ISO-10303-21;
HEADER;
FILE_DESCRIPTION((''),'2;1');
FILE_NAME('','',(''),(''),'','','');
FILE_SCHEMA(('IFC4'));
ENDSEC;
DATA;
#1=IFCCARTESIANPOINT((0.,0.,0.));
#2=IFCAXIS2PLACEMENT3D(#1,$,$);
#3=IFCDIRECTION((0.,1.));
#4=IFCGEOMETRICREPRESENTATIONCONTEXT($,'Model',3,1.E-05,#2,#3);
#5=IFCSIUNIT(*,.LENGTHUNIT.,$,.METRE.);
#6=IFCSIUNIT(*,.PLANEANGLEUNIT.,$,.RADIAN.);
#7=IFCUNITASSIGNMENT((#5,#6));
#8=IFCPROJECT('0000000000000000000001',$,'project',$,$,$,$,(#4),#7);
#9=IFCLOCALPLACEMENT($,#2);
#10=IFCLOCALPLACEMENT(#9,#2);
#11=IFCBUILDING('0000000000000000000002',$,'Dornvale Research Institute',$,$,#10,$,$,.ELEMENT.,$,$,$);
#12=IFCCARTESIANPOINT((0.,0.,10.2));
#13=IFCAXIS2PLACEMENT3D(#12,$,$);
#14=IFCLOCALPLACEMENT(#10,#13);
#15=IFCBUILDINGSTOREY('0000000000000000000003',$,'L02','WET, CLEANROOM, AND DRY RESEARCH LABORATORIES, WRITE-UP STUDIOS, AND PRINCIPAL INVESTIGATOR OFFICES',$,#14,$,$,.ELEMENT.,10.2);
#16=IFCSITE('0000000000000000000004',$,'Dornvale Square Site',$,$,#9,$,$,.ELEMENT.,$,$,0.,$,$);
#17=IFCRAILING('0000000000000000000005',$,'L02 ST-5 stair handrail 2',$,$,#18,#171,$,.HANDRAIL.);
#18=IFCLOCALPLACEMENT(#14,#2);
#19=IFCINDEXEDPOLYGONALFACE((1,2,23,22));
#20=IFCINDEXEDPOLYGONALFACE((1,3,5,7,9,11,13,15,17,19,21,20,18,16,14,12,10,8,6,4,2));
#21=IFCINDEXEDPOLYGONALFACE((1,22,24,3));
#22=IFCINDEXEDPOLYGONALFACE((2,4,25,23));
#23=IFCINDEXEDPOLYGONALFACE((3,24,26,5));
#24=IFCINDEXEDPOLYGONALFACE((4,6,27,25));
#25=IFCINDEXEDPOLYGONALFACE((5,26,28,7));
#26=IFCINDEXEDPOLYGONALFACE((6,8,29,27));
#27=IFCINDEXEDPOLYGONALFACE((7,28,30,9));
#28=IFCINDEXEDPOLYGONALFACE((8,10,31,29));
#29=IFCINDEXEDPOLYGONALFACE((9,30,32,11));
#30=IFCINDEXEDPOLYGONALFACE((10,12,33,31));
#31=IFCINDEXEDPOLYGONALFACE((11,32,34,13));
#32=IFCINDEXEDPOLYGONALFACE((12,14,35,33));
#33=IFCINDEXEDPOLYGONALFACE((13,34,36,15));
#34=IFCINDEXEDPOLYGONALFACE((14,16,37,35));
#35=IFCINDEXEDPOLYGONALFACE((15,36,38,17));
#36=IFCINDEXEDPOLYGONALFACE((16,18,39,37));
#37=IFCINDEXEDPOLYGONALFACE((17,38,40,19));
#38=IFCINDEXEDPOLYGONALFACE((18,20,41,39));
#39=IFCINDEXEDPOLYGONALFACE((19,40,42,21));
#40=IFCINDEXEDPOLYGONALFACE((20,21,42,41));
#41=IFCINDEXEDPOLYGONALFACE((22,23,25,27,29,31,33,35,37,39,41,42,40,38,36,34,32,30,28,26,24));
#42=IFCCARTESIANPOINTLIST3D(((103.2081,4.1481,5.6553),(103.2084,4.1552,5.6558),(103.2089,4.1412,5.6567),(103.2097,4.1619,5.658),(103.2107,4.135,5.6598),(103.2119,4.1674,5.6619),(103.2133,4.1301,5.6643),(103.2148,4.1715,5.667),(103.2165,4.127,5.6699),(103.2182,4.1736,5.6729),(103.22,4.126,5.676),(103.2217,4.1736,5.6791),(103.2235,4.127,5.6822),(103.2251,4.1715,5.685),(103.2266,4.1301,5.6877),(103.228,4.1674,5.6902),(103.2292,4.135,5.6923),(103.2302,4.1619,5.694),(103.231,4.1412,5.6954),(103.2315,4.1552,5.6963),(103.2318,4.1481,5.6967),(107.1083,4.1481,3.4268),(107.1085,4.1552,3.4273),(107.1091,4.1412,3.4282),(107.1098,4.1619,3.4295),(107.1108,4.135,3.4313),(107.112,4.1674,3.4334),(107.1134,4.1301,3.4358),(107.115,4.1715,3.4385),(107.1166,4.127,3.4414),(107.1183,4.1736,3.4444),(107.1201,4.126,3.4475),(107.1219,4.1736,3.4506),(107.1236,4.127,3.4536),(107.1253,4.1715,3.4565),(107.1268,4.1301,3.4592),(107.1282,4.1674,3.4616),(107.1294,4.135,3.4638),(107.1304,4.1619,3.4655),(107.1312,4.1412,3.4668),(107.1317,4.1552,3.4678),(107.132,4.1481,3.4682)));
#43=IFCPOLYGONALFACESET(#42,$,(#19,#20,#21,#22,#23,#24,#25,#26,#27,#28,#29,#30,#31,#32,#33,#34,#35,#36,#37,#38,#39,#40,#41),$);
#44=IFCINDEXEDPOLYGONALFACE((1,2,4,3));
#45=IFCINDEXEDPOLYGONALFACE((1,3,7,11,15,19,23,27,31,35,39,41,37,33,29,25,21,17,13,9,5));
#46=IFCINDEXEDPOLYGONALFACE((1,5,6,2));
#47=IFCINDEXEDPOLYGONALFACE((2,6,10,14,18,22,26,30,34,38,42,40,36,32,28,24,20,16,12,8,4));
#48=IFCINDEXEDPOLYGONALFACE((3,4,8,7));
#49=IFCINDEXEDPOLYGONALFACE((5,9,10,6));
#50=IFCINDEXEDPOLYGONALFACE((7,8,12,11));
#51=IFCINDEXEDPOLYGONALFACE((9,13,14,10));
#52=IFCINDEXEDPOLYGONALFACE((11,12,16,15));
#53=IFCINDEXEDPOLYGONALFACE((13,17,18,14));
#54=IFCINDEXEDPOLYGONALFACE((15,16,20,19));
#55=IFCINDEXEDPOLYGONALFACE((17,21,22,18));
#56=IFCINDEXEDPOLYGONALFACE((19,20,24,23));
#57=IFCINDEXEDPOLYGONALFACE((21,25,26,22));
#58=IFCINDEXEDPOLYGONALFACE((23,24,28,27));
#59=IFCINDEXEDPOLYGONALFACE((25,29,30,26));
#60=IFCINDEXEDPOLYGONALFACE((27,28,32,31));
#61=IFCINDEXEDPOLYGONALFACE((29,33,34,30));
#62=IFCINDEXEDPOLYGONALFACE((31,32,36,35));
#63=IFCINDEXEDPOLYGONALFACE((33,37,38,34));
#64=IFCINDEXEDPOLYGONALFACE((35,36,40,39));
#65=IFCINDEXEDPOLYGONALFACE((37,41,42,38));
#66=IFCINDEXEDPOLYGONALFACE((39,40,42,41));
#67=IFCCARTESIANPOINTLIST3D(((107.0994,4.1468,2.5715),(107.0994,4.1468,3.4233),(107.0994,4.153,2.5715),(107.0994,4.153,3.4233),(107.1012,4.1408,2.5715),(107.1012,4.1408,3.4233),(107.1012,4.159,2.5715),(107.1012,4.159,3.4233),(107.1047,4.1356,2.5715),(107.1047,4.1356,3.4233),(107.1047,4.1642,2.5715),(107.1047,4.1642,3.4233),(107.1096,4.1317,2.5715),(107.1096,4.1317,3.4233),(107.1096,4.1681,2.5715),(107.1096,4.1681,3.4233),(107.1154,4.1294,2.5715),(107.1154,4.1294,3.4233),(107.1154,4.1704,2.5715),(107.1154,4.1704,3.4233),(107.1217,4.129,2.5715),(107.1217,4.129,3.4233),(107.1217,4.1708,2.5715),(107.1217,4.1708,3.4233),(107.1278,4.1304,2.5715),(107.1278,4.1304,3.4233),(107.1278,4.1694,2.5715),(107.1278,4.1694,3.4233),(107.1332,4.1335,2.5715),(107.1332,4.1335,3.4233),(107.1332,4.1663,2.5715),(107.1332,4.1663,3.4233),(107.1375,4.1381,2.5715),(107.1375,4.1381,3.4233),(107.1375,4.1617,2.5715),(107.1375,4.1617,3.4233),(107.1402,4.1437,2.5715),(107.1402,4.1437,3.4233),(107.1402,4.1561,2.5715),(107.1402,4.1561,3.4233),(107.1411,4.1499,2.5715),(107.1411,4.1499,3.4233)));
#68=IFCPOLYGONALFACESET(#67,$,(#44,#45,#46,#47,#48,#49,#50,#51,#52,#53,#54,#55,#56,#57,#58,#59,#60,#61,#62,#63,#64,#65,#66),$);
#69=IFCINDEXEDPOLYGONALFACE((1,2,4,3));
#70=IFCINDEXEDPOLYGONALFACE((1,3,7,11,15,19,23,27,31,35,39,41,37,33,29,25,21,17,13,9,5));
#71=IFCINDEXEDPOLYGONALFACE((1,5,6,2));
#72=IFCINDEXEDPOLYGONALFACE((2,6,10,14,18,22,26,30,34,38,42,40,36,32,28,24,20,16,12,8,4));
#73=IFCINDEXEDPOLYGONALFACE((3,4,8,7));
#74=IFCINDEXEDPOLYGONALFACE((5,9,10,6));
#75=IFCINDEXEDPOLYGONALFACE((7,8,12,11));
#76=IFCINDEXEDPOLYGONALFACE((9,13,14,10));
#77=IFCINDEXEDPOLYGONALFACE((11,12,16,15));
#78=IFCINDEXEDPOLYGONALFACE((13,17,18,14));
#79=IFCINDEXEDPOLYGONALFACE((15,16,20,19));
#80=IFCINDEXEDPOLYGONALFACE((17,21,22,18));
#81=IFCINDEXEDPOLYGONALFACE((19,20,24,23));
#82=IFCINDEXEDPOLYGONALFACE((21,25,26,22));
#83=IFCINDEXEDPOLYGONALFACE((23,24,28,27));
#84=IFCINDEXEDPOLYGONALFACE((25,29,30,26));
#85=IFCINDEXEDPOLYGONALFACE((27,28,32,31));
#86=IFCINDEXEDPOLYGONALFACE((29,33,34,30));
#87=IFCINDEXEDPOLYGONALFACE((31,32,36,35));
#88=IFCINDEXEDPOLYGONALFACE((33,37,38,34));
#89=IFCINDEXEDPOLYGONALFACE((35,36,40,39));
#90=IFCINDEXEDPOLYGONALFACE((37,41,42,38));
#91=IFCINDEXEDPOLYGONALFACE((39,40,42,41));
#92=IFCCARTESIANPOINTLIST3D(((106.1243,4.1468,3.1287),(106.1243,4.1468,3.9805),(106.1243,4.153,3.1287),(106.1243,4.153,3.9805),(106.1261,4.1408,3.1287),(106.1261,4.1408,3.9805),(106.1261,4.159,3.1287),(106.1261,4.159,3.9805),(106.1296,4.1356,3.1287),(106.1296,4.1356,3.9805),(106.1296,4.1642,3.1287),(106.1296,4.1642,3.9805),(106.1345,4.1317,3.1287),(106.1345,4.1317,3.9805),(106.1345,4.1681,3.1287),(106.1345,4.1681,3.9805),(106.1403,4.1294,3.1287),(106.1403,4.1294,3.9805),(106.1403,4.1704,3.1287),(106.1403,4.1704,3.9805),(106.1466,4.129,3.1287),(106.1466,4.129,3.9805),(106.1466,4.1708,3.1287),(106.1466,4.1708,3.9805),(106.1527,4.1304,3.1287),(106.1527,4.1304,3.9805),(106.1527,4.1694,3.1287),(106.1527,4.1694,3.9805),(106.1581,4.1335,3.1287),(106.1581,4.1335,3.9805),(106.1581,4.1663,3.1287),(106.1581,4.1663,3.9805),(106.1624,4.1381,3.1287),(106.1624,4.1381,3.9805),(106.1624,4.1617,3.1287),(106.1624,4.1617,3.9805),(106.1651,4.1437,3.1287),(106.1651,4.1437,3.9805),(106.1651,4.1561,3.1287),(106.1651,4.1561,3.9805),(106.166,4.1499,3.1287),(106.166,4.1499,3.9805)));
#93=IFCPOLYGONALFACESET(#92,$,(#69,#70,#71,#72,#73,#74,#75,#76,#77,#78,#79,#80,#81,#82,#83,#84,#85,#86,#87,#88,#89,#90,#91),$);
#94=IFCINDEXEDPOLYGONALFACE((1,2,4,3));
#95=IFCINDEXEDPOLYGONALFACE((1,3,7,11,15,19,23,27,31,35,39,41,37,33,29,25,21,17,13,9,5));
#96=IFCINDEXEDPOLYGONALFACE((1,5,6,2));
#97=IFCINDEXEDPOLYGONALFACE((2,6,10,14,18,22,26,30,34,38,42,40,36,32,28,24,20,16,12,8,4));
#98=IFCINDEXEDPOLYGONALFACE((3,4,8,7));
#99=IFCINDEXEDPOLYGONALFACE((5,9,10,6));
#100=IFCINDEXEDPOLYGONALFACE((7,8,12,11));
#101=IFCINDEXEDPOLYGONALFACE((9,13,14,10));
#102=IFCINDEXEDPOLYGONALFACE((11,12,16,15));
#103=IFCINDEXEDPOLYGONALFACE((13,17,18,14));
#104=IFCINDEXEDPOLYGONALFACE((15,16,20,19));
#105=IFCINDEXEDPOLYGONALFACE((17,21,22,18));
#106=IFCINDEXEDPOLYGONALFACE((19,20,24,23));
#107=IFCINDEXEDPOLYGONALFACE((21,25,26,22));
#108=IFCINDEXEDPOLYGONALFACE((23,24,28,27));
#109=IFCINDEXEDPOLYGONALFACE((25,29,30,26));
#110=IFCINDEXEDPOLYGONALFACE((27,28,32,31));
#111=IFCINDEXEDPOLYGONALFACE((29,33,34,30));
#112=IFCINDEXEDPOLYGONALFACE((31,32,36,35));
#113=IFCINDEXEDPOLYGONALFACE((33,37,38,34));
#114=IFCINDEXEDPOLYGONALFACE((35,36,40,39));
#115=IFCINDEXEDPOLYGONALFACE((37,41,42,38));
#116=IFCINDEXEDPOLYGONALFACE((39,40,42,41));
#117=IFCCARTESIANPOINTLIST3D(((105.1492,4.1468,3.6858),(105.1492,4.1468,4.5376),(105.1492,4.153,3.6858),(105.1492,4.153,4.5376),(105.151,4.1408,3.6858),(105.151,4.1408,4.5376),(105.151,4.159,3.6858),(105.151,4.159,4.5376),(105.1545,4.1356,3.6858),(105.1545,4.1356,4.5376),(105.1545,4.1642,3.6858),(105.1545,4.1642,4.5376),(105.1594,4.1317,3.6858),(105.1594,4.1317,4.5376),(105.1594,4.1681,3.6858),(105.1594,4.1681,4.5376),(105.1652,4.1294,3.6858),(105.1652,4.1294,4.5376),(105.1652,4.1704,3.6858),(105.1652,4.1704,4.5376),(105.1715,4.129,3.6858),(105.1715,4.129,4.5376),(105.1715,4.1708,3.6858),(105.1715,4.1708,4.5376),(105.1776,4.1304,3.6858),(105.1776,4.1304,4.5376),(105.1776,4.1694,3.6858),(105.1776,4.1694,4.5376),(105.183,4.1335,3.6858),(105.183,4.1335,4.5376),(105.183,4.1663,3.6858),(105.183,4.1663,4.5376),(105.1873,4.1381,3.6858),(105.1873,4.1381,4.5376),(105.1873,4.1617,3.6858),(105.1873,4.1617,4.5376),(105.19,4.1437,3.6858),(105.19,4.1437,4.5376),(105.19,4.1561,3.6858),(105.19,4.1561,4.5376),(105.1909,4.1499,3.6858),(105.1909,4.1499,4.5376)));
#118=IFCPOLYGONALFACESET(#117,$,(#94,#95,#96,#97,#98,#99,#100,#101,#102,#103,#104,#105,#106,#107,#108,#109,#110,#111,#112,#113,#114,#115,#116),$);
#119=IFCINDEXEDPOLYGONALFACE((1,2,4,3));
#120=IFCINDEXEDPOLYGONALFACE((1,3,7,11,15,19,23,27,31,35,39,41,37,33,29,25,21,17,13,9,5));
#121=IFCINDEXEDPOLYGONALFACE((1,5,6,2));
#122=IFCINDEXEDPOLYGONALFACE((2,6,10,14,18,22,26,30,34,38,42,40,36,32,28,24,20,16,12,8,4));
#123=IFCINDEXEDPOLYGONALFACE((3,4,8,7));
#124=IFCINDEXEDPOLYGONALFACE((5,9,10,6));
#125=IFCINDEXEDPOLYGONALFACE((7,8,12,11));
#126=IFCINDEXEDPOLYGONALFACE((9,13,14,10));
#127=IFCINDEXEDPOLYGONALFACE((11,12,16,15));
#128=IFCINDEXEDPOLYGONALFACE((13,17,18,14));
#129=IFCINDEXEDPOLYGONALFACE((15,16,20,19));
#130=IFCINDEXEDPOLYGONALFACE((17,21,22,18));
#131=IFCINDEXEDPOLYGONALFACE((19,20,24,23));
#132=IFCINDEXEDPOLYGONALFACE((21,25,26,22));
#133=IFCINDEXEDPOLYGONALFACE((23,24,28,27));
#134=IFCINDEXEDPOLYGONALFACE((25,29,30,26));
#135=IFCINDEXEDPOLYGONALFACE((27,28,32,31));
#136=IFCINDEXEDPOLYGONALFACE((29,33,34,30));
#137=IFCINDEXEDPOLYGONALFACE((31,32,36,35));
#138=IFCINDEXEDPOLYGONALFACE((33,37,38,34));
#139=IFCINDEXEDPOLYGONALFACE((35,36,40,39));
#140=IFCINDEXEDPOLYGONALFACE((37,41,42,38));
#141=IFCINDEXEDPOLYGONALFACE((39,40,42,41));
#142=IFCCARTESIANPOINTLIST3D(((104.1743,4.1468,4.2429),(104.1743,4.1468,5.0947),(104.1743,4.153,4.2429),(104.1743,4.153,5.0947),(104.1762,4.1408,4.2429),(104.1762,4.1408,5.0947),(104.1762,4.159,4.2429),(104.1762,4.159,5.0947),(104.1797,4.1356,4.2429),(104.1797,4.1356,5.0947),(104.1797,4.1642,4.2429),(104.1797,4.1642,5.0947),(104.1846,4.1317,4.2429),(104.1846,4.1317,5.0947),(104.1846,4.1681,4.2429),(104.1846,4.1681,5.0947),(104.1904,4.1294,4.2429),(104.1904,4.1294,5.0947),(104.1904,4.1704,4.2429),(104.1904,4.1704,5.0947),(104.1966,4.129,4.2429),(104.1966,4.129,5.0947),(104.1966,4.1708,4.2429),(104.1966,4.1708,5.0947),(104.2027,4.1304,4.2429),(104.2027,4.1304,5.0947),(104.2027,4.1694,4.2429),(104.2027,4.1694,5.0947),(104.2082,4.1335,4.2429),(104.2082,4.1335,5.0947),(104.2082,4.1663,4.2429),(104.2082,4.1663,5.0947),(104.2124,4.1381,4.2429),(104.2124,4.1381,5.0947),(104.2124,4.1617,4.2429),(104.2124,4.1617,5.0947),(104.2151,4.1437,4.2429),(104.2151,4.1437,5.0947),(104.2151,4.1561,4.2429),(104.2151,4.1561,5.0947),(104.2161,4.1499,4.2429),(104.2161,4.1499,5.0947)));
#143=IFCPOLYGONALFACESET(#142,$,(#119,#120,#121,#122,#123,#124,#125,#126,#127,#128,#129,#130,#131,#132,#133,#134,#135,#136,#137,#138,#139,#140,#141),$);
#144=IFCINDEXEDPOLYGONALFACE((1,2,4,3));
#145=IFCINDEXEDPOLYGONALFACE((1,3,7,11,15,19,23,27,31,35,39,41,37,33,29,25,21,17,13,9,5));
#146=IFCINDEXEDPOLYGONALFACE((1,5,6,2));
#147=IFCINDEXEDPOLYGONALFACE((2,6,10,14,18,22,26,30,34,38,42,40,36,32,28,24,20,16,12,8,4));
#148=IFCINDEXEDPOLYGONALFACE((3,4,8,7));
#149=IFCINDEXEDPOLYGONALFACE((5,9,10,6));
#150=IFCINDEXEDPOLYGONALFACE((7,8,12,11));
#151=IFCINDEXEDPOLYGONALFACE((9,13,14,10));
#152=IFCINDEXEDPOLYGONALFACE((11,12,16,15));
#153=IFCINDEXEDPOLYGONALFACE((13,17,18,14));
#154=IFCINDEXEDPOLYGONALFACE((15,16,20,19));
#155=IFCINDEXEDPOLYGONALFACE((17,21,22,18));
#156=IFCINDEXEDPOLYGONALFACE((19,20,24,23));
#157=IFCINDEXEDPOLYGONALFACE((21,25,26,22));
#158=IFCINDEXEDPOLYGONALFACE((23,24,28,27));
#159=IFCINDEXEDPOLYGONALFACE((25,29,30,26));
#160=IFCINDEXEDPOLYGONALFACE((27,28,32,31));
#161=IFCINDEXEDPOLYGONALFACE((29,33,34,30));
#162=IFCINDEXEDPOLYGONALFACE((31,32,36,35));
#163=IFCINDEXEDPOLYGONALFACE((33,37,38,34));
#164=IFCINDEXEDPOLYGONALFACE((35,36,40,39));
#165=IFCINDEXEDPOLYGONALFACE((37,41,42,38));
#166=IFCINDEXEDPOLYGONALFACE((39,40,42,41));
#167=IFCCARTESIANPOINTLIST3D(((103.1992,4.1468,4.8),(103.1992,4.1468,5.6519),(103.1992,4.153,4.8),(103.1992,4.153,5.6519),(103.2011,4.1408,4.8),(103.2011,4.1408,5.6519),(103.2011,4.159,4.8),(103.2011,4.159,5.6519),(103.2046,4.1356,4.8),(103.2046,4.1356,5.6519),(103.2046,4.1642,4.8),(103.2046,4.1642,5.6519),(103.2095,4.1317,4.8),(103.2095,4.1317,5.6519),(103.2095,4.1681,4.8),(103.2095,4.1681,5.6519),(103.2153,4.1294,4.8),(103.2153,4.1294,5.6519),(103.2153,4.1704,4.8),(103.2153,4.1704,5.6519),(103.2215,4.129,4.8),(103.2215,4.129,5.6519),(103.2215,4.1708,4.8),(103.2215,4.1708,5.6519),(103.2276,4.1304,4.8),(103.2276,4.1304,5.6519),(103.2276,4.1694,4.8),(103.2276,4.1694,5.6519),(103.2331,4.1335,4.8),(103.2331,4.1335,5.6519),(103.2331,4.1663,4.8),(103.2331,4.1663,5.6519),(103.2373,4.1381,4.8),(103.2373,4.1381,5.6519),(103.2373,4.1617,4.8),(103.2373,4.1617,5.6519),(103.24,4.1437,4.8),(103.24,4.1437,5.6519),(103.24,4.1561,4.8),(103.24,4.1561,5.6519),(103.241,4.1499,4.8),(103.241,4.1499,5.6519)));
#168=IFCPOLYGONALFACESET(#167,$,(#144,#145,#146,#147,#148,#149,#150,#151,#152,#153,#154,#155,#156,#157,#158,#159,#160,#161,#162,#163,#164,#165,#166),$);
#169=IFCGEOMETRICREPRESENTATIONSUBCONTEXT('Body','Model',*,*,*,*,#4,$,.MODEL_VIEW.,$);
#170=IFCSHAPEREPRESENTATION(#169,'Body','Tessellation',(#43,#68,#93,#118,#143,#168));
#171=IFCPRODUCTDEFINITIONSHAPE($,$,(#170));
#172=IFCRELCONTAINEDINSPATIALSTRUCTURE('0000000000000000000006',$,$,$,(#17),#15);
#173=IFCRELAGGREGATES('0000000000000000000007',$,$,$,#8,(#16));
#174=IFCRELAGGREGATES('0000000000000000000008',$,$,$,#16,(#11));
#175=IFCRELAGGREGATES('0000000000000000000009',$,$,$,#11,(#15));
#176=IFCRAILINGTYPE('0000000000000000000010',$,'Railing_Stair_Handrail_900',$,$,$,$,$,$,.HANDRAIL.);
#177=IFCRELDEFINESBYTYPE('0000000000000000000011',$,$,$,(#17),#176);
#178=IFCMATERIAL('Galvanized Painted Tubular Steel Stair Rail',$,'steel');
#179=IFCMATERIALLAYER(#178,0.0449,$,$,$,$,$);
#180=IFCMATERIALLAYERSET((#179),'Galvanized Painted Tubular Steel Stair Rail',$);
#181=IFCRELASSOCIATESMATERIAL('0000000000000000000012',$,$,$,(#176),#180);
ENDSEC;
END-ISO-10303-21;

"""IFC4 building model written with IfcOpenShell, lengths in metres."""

from ifc_helpers import new_model, si_unit, direction, frame, origin, origin_2d, place, context, subcontext, project, spatial, circle, extrude, material, layer, layer_set, type_object, element, save


model = new_model("IFC4")

# Units and contexts
model_context = context("Model", 3, precision=1e-05, world=origin(), true_north=direction((0.0, 1.0)))
body_context = subcontext(model_context, "Body", "Model", "MODEL_VIEW")
ifc_project = project(units=[si_unit("LENGTHUNIT", "METRE"), si_unit("PLANEANGLEUNIT", "RADIAN")], contexts=[model_context])

# Site, building, storey
site_placement = place(None, origin())
site = spatial("IfcSite", under=ifc_project, at=site_placement, Name="Dornvale Square Site", CompositionType="ELEMENT", RefElevation=0.0)
building_placement = place(site_placement, origin())
building = spatial("IfcBuilding", under=site, at=building_placement, Name="Dornvale Research Institute", CompositionType="ELEMENT")
storey_placement = place(building_placement, frame((0.0, 0.0, 10.2)))
storey = spatial("IfcBuildingStorey", under=building, at=storey_placement, Name="L02", Description="WET, CLEANROOM, AND DRY RESEARCH LABORATORIES, WRITE-UP STUDIOS, AND PRINCIPAL INVESTIGATOR OFFICES", CompositionType="ELEMENT", Elevation=10.2)

# Railing
ifc_material_1 = material(Name="Galvanized Painted Tubular Steel Stair Rail", Category="steel")
ifc_layer_1 = layer(ifc_material_1, 0.0449)
ifc_layer_set_1 = layer_set([ifc_layer_1], Name="Galvanized Painted Tubular Steel Stair Rail")
railing_type_1 = type_object("IfcRailingType", Name="Railing_Stair_Handrail_900", PredefinedType="HANDRAIL", material=ifc_layer_set_1)
railing_1_placement = place(storey_placement, frame((107.1201, 4.1499, 2.5715)))
element("IfcRailing", 1, at=railing_1_placement, inside=storey, type_object=railing_type_1, Name="L02 ST-5 stair handrail 2", PredefinedType="HANDRAIL", context=body_context, shape_type="SweptSolid", body=[
    extrude(circle(Radius=0.0239, at=origin_2d()), frame((0.0, 0.0, 0.876), z_axis=(-0.868257, 0.0, 0.496116), x_axis=(0.0, -1.0, 0.0)), (0.0, 0.0, 1.0), 4.4919),
    extrude(circle(Radius=0.021, at=origin_2d()), origin(), (0.0, 0.0, 1.0), 0.8518),
    extrude(circle(Radius=0.021, at=origin_2d()), frame((-0.9751, 0.0, 0.5571)), (0.0, 0.0, 1.0), 0.8518),
    extrude(circle(Radius=0.021, at=origin_2d()), frame((-1.9502, 0.0, 1.1143)), (0.0, 0.0, 1.0), 0.8518),
    extrude(circle(Radius=0.021, at=origin_2d()), frame((-2.925, 0.0, 1.6714)), (0.0, 0.0, 1.0), 0.8518),
    extrude(circle(Radius=0.021, at=origin_2d()), frame((-3.9001, 0.0, 2.2285)), (0.0, 0.0, 1.0), 0.8518),
])

save(model, "model.ifc")
